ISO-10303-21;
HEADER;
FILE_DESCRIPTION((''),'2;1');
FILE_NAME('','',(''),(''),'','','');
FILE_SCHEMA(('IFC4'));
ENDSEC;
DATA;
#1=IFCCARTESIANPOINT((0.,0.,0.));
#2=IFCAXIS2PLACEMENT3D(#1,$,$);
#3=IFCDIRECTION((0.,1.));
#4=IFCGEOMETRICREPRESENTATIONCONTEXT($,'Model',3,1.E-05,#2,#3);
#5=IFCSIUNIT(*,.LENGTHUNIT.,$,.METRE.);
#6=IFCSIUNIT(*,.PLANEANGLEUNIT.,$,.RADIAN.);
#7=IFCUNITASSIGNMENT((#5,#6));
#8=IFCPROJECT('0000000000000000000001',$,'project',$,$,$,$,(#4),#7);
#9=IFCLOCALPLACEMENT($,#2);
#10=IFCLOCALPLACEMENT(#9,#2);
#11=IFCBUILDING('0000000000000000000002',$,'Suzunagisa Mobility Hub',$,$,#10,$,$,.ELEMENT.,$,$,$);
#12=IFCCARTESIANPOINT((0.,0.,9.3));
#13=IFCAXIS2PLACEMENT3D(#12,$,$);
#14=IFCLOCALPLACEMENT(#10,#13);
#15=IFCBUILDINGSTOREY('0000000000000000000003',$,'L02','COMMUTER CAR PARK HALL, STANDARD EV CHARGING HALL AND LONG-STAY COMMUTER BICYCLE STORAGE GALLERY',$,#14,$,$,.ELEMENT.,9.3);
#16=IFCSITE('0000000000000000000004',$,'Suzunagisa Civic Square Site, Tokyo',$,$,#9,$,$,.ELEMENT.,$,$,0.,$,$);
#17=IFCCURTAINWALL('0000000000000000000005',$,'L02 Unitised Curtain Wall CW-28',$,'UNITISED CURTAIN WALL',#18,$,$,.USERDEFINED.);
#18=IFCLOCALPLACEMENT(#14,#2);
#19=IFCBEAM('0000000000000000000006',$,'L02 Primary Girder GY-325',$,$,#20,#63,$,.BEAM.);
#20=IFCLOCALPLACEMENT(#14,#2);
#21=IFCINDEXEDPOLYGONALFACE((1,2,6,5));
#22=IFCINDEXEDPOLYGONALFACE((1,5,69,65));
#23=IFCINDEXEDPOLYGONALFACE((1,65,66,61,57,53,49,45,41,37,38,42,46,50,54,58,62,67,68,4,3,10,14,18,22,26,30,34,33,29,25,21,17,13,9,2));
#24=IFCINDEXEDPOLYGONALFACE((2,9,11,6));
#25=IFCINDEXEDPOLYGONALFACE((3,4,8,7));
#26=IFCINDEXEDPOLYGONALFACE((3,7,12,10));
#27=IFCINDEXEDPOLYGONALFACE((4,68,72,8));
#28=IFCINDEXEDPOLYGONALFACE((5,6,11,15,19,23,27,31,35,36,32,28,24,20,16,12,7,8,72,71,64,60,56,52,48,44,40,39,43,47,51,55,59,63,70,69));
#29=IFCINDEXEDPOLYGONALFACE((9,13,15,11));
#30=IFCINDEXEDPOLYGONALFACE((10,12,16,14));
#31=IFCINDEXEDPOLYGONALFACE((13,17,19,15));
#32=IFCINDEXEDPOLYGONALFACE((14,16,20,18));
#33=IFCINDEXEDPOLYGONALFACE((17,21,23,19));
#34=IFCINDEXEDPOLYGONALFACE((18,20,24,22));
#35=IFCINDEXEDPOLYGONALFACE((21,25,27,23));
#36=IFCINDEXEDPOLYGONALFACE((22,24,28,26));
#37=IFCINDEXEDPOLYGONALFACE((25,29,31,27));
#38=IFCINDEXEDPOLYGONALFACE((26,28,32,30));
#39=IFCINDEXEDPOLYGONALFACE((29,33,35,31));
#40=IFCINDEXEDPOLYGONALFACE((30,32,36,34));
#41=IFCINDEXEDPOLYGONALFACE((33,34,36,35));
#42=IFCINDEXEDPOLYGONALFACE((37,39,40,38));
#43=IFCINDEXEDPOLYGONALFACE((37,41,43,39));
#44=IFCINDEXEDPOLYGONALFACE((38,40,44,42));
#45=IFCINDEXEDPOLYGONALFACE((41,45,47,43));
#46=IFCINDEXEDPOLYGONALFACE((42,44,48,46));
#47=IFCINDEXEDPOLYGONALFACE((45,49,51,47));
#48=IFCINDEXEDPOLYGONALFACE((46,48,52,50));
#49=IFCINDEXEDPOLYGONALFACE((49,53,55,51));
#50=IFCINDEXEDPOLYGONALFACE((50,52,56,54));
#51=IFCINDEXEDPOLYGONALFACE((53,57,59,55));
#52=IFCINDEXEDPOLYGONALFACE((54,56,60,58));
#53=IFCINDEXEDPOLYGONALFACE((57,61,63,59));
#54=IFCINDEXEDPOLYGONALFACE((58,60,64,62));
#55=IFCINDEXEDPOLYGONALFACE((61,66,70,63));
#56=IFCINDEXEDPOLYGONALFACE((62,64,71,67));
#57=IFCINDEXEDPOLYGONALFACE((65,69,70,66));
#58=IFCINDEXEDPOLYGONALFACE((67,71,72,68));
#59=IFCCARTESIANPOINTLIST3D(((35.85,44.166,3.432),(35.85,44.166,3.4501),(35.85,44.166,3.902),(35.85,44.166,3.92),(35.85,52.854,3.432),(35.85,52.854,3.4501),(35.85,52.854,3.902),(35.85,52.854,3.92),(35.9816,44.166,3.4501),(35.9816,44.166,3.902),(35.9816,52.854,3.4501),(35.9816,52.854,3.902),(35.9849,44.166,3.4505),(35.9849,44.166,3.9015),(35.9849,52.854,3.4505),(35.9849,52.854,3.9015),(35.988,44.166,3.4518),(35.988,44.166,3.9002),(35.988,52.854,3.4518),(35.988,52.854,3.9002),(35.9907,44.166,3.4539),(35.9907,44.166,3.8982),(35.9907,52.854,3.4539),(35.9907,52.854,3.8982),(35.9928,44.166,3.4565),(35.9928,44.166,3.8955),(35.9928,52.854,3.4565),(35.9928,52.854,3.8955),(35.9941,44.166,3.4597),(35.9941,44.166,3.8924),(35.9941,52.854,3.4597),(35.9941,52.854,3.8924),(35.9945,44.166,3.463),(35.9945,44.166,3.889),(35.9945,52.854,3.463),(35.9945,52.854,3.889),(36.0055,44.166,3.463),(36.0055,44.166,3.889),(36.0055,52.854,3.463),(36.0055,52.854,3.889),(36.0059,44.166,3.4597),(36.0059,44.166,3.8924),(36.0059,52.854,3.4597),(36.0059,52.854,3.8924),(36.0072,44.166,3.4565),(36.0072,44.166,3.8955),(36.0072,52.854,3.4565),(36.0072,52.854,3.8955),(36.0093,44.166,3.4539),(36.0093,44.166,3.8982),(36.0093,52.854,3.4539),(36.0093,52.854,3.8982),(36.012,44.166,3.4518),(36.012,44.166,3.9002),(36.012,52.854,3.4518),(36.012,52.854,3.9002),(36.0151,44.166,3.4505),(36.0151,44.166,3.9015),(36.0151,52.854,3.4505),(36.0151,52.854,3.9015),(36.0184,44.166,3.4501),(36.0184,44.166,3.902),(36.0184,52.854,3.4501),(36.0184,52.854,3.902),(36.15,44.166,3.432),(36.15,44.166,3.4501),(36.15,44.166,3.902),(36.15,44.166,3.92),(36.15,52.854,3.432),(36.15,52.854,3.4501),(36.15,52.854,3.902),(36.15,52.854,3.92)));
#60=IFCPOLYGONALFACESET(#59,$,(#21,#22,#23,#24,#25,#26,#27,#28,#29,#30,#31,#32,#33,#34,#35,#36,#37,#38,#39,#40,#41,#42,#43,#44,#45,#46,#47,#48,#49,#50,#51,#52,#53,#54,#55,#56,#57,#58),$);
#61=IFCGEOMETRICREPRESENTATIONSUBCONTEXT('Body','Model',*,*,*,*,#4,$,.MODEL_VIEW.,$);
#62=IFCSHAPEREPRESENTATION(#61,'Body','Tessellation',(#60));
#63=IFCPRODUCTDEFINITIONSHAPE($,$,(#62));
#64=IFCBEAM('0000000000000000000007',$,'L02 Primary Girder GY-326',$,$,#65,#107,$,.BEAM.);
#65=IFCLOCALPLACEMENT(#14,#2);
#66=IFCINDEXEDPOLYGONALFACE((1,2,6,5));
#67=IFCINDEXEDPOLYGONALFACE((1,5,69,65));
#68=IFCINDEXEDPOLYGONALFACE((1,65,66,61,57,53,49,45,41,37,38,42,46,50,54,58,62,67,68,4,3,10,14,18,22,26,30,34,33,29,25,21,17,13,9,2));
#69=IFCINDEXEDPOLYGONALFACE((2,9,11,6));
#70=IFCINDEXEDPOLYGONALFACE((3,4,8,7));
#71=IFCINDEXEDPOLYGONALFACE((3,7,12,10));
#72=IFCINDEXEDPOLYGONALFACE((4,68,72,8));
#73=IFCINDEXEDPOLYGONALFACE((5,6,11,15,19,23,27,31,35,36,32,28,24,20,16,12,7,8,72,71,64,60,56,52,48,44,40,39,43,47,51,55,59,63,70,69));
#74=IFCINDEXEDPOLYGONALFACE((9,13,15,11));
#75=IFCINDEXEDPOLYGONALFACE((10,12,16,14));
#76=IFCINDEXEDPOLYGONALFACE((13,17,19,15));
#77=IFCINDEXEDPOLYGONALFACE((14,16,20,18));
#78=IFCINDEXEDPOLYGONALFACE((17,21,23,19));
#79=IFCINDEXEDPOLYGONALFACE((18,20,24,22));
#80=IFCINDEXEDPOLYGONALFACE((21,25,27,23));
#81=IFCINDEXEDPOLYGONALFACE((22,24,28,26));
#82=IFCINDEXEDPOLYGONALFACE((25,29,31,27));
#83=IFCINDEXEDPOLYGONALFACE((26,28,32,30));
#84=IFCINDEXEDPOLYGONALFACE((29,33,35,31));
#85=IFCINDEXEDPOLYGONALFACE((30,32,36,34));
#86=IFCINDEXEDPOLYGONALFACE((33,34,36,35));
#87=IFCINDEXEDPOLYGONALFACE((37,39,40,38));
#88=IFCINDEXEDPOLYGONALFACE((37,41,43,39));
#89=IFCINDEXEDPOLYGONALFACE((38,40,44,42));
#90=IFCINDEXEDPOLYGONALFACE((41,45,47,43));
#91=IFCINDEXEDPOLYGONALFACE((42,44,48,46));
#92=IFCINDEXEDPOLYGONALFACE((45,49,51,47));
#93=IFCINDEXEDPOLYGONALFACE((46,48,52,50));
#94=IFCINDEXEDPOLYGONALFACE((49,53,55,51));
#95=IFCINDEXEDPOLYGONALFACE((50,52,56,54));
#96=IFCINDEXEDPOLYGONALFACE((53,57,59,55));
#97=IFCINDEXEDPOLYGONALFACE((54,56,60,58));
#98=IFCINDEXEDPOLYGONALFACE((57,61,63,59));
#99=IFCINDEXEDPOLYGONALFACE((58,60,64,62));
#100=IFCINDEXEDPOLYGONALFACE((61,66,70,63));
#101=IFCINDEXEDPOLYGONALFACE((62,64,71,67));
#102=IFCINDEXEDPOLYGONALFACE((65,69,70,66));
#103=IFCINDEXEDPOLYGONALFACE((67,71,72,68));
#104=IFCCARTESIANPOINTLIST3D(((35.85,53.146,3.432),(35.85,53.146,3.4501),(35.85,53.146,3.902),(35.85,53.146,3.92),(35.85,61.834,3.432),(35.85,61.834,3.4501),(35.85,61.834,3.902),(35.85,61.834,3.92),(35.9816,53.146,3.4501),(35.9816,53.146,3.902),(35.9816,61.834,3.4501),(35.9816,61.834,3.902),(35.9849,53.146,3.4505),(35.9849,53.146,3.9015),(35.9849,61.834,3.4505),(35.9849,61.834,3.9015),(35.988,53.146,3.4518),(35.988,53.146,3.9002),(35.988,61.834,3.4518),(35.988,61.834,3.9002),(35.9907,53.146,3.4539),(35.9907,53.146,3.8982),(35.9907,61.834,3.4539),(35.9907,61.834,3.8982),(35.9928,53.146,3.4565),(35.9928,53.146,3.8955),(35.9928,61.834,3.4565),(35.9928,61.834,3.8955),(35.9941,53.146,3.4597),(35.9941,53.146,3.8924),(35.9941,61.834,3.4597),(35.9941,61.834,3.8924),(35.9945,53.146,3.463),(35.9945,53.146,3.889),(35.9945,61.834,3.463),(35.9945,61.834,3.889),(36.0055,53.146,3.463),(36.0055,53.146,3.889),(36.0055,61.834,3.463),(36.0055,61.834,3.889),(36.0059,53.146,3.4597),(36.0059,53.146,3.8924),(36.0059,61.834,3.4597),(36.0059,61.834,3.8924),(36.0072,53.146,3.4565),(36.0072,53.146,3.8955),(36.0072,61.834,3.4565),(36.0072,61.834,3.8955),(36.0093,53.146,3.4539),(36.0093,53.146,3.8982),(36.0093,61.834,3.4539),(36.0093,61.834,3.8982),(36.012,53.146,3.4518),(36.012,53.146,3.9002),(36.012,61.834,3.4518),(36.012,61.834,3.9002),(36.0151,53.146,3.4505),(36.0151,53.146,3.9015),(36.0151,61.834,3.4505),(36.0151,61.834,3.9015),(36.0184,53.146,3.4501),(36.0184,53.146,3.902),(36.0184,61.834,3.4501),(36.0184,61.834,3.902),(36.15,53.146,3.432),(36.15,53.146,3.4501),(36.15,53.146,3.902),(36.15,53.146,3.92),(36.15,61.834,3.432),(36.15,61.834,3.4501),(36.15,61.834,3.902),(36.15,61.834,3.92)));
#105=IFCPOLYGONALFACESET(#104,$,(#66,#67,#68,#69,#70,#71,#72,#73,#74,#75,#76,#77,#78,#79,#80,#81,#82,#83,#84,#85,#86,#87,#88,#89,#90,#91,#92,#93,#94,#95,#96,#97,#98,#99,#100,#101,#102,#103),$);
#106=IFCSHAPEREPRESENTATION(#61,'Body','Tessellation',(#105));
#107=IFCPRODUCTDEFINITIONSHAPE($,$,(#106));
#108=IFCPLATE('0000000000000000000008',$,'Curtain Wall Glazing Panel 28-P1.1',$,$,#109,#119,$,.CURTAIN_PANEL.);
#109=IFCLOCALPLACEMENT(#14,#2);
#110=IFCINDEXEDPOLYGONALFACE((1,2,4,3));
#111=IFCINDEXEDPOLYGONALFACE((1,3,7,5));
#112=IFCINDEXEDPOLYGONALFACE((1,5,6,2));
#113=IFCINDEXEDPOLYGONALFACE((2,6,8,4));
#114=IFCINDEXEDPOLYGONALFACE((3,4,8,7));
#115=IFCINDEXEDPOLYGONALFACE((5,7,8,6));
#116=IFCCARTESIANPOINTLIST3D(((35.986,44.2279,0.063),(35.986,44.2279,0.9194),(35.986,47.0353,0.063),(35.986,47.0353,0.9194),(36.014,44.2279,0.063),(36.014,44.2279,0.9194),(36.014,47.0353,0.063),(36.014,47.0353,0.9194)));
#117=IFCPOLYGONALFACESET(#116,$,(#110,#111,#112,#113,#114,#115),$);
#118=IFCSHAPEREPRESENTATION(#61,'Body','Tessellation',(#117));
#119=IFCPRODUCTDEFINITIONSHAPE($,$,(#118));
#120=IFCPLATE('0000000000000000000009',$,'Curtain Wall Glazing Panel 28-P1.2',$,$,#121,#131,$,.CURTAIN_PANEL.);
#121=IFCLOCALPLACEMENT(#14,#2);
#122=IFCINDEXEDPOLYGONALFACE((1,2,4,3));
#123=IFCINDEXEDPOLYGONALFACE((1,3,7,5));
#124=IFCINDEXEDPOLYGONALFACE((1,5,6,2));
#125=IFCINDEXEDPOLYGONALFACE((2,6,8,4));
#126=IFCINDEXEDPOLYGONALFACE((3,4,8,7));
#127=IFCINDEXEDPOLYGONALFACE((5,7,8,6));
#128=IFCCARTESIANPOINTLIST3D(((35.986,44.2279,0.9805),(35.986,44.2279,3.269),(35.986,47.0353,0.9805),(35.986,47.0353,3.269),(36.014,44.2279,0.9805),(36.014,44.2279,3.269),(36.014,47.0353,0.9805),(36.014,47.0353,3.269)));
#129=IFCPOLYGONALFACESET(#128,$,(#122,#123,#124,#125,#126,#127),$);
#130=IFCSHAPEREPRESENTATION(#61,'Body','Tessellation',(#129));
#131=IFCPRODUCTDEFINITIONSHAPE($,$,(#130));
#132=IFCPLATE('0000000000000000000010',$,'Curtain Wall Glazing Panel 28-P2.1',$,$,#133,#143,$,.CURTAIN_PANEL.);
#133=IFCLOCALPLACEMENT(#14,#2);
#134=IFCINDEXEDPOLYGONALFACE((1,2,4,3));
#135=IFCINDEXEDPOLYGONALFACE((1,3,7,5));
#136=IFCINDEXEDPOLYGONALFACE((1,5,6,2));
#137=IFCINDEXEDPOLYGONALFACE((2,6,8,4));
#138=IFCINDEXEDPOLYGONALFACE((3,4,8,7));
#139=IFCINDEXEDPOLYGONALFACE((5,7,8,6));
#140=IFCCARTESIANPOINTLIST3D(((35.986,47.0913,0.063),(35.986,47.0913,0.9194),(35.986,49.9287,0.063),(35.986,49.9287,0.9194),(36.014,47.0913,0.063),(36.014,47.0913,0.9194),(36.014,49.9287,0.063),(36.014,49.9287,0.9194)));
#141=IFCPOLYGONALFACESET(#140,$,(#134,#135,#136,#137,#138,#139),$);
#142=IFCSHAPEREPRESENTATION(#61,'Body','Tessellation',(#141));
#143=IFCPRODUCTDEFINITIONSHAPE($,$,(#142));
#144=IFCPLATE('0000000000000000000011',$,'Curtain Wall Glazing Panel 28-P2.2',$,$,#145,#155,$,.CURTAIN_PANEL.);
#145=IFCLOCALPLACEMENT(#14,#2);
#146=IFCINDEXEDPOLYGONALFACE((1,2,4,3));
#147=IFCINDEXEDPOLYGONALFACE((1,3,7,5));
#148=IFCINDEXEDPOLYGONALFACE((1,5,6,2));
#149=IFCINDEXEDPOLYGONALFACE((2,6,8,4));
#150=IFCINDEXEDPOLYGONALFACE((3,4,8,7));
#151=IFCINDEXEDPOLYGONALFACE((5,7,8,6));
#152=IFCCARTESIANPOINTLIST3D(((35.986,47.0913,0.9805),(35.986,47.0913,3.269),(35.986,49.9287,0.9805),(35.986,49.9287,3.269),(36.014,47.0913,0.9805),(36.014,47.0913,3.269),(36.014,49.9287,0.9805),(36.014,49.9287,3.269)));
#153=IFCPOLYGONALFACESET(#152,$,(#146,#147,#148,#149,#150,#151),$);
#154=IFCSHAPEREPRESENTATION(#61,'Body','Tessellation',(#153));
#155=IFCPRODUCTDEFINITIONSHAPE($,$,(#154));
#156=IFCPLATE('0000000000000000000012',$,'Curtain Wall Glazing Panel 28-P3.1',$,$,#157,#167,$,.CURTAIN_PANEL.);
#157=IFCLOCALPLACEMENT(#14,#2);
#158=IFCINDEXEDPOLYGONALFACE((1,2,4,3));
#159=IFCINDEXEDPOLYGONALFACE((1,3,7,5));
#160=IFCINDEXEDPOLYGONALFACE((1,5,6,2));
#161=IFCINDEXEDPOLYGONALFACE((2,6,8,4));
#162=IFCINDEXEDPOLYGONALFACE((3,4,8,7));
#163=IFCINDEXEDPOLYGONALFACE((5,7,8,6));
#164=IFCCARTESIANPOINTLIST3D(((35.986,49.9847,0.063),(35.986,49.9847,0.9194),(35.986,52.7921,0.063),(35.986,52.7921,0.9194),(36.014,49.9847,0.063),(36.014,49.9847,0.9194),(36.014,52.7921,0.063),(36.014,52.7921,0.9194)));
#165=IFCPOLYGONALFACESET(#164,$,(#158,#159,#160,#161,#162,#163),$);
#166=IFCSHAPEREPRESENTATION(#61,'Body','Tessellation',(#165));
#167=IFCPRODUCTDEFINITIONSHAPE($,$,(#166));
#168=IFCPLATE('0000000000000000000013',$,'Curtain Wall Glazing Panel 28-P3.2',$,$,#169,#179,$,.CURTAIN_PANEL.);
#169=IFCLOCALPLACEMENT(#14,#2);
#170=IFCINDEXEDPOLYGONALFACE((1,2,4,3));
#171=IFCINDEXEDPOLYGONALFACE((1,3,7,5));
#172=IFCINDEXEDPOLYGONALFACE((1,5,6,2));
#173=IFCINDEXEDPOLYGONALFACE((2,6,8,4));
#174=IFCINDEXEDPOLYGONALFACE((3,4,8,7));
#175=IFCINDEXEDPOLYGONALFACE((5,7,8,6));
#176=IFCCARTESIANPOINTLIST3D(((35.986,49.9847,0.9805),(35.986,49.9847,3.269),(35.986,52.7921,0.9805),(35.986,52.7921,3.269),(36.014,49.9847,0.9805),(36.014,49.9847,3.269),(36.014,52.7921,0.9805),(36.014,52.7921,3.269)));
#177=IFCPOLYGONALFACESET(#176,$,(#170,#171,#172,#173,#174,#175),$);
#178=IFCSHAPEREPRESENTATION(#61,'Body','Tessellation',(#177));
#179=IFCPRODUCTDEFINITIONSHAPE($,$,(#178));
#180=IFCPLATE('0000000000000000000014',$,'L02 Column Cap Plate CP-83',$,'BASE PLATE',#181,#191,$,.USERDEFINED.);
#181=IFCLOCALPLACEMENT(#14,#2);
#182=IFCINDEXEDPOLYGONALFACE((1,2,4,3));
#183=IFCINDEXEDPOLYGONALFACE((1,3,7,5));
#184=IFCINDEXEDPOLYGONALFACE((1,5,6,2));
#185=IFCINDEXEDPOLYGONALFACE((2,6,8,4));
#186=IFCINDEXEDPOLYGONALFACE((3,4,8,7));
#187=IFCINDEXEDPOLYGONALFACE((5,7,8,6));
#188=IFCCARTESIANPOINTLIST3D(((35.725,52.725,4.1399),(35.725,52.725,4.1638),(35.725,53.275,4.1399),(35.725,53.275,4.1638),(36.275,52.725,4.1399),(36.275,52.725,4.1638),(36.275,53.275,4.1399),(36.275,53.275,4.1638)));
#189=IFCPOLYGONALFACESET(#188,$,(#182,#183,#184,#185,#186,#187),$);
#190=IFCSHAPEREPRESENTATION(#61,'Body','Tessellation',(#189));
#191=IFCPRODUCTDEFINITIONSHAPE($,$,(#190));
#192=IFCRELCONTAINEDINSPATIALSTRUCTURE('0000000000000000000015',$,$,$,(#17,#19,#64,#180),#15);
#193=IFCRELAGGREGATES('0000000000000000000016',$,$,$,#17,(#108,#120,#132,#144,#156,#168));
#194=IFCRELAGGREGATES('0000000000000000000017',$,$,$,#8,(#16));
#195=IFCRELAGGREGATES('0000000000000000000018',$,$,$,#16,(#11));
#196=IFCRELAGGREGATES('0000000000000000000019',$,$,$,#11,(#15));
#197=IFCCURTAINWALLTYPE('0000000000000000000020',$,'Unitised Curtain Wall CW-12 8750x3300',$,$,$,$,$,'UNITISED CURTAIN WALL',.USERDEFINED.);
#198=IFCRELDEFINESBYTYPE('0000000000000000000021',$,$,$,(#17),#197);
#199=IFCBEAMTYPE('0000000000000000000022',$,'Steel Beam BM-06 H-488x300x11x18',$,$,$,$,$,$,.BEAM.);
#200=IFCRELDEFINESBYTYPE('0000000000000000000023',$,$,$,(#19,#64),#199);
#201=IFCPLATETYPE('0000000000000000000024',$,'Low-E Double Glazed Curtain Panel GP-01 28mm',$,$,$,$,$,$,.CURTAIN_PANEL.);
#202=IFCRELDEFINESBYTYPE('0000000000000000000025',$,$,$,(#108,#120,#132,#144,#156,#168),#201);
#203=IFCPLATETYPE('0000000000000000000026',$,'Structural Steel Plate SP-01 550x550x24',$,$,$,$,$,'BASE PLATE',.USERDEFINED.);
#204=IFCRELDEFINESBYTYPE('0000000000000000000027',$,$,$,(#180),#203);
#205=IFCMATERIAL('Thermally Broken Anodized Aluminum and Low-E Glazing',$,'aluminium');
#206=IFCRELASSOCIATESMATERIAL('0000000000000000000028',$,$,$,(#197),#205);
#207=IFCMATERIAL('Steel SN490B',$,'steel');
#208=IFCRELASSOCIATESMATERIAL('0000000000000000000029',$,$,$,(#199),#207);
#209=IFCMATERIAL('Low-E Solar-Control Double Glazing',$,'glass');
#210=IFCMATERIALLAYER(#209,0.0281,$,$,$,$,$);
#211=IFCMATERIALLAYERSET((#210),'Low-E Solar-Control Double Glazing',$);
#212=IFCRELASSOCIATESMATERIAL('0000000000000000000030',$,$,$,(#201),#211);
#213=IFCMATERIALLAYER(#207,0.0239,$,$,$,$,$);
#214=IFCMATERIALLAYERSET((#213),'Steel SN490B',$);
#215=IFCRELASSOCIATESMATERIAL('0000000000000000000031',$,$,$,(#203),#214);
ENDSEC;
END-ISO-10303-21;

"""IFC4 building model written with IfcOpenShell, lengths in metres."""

from ifc_helpers import new_model, si_unit, direction, frame, origin, origin_2d, place, context, subcontext, project, spatial, rectangle, i_section, extrude, material, layer, layer_set, material_profile, profile_set, type_object, element, aggregate, save


model = new_model("IFC4")

# Units and contexts
model_context = context("Model", 3, precision=1e-05, world=origin(), true_north=direction((0.0, 1.0)))
body_context = subcontext(model_context, "Body", "Model", "MODEL_VIEW")
ifc_project = project(units=[si_unit("LENGTHUNIT", "METRE"), si_unit("PLANEANGLEUNIT", "RADIAN")], contexts=[model_context])

# Site, building, storey
site_placement = place(None, origin())
site = spatial("IfcSite", under=ifc_project, at=site_placement, Name="Suzunagisa Civic Square Site, Tokyo", CompositionType="ELEMENT", RefElevation=0.0)
building_placement = place(site_placement, origin())
building = spatial("IfcBuilding", under=site, at=building_placement, Name="Suzunagisa Mobility Hub", CompositionType="ELEMENT")
storey_placement = place(building_placement, frame((0.0, 0.0, 9.3)))
storey = spatial("IfcBuildingStorey", under=building, at=storey_placement, Name="L02", Description="COMMUTER CAR PARK HALL, STANDARD EV CHARGING HALL AND LONG-STAY COMMUTER BICYCLE STORAGE GALLERY", CompositionType="ELEMENT", Elevation=9.3)

# Shared definitions
ifc_material_1 = material(Name="Steel SN490B", Category="steel")

# Curtain wall
ifc_material_2 = material(Name="Thermally Broken Anodized Aluminum and Low-E Glazing", Category="aluminium")
curtain_wall_type = type_object("IfcCurtainWallType", Name="Unitised Curtain Wall CW-12 8750x3300", ElementType="UNITISED CURTAIN WALL", PredefinedType="USERDEFINED", material=ifc_material_2)
curtain_wall_placement = place(storey_placement, origin())
curtain_wall = element("IfcCurtainWall", 1, at=curtain_wall_placement, inside=storey, type_object=curtain_wall_type, Name="L02 Unitised Curtain Wall CW-28", ObjectType="UNITISED CURTAIN WALL", PredefinedType="USERDEFINED")

# Beams
ifc_material_profile_1 = material_profile(ifc_material_1, i_section(OverallWidth=0.3, OverallDepth=0.488, WebThickness=0.011, FlangeThickness=0.0181, FilletRadius=0.0129, at=origin_2d()), Name="H-488x300x11x18")
ifc_profile_set_1 = profile_set([ifc_material_profile_1], Name="Steel SN490B")
beam_type = type_object("IfcBeamType", Name="Steel Beam BM-06 H-488x300x11x18", PredefinedType="BEAM", material=ifc_profile_set_1)
for number, where, z_axis, x_axis, name in (
    (2, (36.0, 44.166, 3.676), (0.0, 1.0, 0.0), (-1.0, 0.0, 0.0), "L02 Primary Girder GY-325"),
    (3, (36.0, 53.146, 3.676), (0.0, 1.0, 0.0), (-1.0, 0.0, 0.0), "L02 Primary Girder GY-326"),
):
    element("IfcBeam", number, at=place(storey_placement, frame(where, z_axis=z_axis, x_axis=x_axis)), inside=storey, type_object=beam_type, Name=name, PredefinedType="BEAM", context=body_context, shape_type="SweptSolid", body=[
        extrude(i_section(OverallWidth=0.3, OverallDepth=0.488, WebThickness=0.011, FlangeThickness=0.0181, FilletRadius=0.0129, at=origin_2d()), origin(), (0.0, 0.0, 1.0), 8.688),
    ])

# Plates
ifc_material_3 = material(Name="Low-E Solar-Control Double Glazing", Category="glass")
ifc_layer_1 = layer(ifc_material_3, 0.0281)
ifc_layer_set_1 = layer_set([ifc_layer_1], Name="Low-E Solar-Control Double Glazing")
plate_type_1 = type_object("IfcPlateType", Name="Low-E Double Glazed Curtain Panel GP-01 28mm", PredefinedType="CURTAIN_PANEL", material=ifc_layer_set_1)
plate_1_placement = place(storey_placement, frame((36.0, 45.6316, 0.063), z_axis=(0.0, 0.0, 1.0), x_axis=(0.0, 1.0, 0.0)))
plate_1 = element("IfcPlate", 4, at=plate_1_placement, type_object=plate_type_1, Name="Curtain Wall Glazing Panel 28-P1.1", PredefinedType="CURTAIN_PANEL", context=body_context, shape_type="SweptSolid", body=[
    extrude(rectangle(XDim=2.8074, YDim=0.0281, at=origin_2d()), origin(), (0.0, 0.0, 1.0), 0.8564),
])
plate_2_placement = place(storey_placement, frame((36.0, 45.6316, 0.9805), z_axis=(0.0, 0.0, 1.0), x_axis=(0.0, 1.0, 0.0)))
plate_2 = element("IfcPlate", 5, at=plate_2_placement, type_object=plate_type_1, Name="Curtain Wall Glazing Panel 28-P1.2", PredefinedType="CURTAIN_PANEL", context=body_context, shape_type="SweptSolid", body=[
    extrude(rectangle(XDim=2.8074, YDim=0.0281, at=origin_2d()), origin(), (0.0, 0.0, 1.0), 2.2886),
])
plate_3_placement = place(storey_placement, frame((36.0, 48.51, 0.063), z_axis=(0.0, 0.0, 1.0), x_axis=(0.0, 1.0, 0.0)))
plate_3 = element("IfcPlate", 6, at=plate_3_placement, type_object=plate_type_1, Name="Curtain Wall Glazing Panel 28-P2.1", PredefinedType="CURTAIN_PANEL", context=body_context, shape_type="SweptSolid", body=[
    extrude(rectangle(XDim=2.8374, YDim=0.0281, at=origin_2d()), origin(), (0.0, 0.0, 1.0), 0.8564),
])
plate_4_placement = place(storey_placement, frame((36.0, 48.51, 0.9805), z_axis=(0.0, 0.0, 1.0), x_axis=(0.0, 1.0, 0.0)))
plate_4 = element("IfcPlate", 7, at=plate_4_placement, type_object=plate_type_1, Name="Curtain Wall Glazing Panel 28-P2.2", PredefinedType="CURTAIN_PANEL", context=body_context, shape_type="SweptSolid", body=[
    extrude(rectangle(XDim=2.8374, YDim=0.0281, at=origin_2d()), origin(), (0.0, 0.0, 1.0), 2.2886),
])
plate_5_placement = place(storey_placement, frame((36.0, 51.3884, 0.063), z_axis=(0.0, 0.0, 1.0), x_axis=(0.0, 1.0, 0.0)))
plate_5 = element("IfcPlate", 8, at=plate_5_placement, type_object=plate_type_1, Name="Curtain Wall Glazing Panel 28-P3.1", PredefinedType="CURTAIN_PANEL", context=body_context, shape_type="SweptSolid", body=[
    extrude(rectangle(XDim=2.8074, YDim=0.0281, at=origin_2d()), origin(), (0.0, 0.0, 1.0), 0.8564),
])
plate_6_placement = place(storey_placement, frame((36.0, 51.3884, 0.9805), z_axis=(0.0, 0.0, 1.0), x_axis=(0.0, 1.0, 0.0)))
plate_6 = element("IfcPlate", 9, at=plate_6_placement, type_object=plate_type_1, Name="Curtain Wall Glazing Panel 28-P3.2", PredefinedType="CURTAIN_PANEL", context=body_context, shape_type="SweptSolid", body=[
    extrude(rectangle(XDim=2.8074, YDim=0.0281, at=origin_2d()), origin(), (0.0, 0.0, 1.0), 2.2886),
])
aggregate(curtain_wall, [plate_1, plate_2, plate_3, plate_4, plate_5, plate_6])

# Plate
ifc_layer_2 = layer(ifc_material_1, 0.0239)
ifc_layer_set_2 = layer_set([ifc_layer_2], Name="Steel SN490B")
plate_type_2 = type_object("IfcPlateType", Name="Structural Steel Plate SP-01 550x550x24", ElementType="BASE PLATE", PredefinedType="USERDEFINED", material=ifc_layer_set_2)
plate_7_placement = place(storey_placement, frame((36.0, 53.0, 4.1399), z_axis=(0.0, 0.0, 1.0), x_axis=(1.0, 0.0, 0.0)))
element("IfcPlate", 10, at=plate_7_placement, inside=storey, type_object=plate_type_2, Name="L02 Column Cap Plate CP-83", ObjectType="BASE PLATE", PredefinedType="USERDEFINED", context=body_context, shape_type="SweptSolid", body=[
    extrude(rectangle(XDim=0.55, YDim=0.55, at=origin_2d()), origin(), (0.0, 0.0, 1.0), 0.0239),
])

save(model, "model.ifc")
